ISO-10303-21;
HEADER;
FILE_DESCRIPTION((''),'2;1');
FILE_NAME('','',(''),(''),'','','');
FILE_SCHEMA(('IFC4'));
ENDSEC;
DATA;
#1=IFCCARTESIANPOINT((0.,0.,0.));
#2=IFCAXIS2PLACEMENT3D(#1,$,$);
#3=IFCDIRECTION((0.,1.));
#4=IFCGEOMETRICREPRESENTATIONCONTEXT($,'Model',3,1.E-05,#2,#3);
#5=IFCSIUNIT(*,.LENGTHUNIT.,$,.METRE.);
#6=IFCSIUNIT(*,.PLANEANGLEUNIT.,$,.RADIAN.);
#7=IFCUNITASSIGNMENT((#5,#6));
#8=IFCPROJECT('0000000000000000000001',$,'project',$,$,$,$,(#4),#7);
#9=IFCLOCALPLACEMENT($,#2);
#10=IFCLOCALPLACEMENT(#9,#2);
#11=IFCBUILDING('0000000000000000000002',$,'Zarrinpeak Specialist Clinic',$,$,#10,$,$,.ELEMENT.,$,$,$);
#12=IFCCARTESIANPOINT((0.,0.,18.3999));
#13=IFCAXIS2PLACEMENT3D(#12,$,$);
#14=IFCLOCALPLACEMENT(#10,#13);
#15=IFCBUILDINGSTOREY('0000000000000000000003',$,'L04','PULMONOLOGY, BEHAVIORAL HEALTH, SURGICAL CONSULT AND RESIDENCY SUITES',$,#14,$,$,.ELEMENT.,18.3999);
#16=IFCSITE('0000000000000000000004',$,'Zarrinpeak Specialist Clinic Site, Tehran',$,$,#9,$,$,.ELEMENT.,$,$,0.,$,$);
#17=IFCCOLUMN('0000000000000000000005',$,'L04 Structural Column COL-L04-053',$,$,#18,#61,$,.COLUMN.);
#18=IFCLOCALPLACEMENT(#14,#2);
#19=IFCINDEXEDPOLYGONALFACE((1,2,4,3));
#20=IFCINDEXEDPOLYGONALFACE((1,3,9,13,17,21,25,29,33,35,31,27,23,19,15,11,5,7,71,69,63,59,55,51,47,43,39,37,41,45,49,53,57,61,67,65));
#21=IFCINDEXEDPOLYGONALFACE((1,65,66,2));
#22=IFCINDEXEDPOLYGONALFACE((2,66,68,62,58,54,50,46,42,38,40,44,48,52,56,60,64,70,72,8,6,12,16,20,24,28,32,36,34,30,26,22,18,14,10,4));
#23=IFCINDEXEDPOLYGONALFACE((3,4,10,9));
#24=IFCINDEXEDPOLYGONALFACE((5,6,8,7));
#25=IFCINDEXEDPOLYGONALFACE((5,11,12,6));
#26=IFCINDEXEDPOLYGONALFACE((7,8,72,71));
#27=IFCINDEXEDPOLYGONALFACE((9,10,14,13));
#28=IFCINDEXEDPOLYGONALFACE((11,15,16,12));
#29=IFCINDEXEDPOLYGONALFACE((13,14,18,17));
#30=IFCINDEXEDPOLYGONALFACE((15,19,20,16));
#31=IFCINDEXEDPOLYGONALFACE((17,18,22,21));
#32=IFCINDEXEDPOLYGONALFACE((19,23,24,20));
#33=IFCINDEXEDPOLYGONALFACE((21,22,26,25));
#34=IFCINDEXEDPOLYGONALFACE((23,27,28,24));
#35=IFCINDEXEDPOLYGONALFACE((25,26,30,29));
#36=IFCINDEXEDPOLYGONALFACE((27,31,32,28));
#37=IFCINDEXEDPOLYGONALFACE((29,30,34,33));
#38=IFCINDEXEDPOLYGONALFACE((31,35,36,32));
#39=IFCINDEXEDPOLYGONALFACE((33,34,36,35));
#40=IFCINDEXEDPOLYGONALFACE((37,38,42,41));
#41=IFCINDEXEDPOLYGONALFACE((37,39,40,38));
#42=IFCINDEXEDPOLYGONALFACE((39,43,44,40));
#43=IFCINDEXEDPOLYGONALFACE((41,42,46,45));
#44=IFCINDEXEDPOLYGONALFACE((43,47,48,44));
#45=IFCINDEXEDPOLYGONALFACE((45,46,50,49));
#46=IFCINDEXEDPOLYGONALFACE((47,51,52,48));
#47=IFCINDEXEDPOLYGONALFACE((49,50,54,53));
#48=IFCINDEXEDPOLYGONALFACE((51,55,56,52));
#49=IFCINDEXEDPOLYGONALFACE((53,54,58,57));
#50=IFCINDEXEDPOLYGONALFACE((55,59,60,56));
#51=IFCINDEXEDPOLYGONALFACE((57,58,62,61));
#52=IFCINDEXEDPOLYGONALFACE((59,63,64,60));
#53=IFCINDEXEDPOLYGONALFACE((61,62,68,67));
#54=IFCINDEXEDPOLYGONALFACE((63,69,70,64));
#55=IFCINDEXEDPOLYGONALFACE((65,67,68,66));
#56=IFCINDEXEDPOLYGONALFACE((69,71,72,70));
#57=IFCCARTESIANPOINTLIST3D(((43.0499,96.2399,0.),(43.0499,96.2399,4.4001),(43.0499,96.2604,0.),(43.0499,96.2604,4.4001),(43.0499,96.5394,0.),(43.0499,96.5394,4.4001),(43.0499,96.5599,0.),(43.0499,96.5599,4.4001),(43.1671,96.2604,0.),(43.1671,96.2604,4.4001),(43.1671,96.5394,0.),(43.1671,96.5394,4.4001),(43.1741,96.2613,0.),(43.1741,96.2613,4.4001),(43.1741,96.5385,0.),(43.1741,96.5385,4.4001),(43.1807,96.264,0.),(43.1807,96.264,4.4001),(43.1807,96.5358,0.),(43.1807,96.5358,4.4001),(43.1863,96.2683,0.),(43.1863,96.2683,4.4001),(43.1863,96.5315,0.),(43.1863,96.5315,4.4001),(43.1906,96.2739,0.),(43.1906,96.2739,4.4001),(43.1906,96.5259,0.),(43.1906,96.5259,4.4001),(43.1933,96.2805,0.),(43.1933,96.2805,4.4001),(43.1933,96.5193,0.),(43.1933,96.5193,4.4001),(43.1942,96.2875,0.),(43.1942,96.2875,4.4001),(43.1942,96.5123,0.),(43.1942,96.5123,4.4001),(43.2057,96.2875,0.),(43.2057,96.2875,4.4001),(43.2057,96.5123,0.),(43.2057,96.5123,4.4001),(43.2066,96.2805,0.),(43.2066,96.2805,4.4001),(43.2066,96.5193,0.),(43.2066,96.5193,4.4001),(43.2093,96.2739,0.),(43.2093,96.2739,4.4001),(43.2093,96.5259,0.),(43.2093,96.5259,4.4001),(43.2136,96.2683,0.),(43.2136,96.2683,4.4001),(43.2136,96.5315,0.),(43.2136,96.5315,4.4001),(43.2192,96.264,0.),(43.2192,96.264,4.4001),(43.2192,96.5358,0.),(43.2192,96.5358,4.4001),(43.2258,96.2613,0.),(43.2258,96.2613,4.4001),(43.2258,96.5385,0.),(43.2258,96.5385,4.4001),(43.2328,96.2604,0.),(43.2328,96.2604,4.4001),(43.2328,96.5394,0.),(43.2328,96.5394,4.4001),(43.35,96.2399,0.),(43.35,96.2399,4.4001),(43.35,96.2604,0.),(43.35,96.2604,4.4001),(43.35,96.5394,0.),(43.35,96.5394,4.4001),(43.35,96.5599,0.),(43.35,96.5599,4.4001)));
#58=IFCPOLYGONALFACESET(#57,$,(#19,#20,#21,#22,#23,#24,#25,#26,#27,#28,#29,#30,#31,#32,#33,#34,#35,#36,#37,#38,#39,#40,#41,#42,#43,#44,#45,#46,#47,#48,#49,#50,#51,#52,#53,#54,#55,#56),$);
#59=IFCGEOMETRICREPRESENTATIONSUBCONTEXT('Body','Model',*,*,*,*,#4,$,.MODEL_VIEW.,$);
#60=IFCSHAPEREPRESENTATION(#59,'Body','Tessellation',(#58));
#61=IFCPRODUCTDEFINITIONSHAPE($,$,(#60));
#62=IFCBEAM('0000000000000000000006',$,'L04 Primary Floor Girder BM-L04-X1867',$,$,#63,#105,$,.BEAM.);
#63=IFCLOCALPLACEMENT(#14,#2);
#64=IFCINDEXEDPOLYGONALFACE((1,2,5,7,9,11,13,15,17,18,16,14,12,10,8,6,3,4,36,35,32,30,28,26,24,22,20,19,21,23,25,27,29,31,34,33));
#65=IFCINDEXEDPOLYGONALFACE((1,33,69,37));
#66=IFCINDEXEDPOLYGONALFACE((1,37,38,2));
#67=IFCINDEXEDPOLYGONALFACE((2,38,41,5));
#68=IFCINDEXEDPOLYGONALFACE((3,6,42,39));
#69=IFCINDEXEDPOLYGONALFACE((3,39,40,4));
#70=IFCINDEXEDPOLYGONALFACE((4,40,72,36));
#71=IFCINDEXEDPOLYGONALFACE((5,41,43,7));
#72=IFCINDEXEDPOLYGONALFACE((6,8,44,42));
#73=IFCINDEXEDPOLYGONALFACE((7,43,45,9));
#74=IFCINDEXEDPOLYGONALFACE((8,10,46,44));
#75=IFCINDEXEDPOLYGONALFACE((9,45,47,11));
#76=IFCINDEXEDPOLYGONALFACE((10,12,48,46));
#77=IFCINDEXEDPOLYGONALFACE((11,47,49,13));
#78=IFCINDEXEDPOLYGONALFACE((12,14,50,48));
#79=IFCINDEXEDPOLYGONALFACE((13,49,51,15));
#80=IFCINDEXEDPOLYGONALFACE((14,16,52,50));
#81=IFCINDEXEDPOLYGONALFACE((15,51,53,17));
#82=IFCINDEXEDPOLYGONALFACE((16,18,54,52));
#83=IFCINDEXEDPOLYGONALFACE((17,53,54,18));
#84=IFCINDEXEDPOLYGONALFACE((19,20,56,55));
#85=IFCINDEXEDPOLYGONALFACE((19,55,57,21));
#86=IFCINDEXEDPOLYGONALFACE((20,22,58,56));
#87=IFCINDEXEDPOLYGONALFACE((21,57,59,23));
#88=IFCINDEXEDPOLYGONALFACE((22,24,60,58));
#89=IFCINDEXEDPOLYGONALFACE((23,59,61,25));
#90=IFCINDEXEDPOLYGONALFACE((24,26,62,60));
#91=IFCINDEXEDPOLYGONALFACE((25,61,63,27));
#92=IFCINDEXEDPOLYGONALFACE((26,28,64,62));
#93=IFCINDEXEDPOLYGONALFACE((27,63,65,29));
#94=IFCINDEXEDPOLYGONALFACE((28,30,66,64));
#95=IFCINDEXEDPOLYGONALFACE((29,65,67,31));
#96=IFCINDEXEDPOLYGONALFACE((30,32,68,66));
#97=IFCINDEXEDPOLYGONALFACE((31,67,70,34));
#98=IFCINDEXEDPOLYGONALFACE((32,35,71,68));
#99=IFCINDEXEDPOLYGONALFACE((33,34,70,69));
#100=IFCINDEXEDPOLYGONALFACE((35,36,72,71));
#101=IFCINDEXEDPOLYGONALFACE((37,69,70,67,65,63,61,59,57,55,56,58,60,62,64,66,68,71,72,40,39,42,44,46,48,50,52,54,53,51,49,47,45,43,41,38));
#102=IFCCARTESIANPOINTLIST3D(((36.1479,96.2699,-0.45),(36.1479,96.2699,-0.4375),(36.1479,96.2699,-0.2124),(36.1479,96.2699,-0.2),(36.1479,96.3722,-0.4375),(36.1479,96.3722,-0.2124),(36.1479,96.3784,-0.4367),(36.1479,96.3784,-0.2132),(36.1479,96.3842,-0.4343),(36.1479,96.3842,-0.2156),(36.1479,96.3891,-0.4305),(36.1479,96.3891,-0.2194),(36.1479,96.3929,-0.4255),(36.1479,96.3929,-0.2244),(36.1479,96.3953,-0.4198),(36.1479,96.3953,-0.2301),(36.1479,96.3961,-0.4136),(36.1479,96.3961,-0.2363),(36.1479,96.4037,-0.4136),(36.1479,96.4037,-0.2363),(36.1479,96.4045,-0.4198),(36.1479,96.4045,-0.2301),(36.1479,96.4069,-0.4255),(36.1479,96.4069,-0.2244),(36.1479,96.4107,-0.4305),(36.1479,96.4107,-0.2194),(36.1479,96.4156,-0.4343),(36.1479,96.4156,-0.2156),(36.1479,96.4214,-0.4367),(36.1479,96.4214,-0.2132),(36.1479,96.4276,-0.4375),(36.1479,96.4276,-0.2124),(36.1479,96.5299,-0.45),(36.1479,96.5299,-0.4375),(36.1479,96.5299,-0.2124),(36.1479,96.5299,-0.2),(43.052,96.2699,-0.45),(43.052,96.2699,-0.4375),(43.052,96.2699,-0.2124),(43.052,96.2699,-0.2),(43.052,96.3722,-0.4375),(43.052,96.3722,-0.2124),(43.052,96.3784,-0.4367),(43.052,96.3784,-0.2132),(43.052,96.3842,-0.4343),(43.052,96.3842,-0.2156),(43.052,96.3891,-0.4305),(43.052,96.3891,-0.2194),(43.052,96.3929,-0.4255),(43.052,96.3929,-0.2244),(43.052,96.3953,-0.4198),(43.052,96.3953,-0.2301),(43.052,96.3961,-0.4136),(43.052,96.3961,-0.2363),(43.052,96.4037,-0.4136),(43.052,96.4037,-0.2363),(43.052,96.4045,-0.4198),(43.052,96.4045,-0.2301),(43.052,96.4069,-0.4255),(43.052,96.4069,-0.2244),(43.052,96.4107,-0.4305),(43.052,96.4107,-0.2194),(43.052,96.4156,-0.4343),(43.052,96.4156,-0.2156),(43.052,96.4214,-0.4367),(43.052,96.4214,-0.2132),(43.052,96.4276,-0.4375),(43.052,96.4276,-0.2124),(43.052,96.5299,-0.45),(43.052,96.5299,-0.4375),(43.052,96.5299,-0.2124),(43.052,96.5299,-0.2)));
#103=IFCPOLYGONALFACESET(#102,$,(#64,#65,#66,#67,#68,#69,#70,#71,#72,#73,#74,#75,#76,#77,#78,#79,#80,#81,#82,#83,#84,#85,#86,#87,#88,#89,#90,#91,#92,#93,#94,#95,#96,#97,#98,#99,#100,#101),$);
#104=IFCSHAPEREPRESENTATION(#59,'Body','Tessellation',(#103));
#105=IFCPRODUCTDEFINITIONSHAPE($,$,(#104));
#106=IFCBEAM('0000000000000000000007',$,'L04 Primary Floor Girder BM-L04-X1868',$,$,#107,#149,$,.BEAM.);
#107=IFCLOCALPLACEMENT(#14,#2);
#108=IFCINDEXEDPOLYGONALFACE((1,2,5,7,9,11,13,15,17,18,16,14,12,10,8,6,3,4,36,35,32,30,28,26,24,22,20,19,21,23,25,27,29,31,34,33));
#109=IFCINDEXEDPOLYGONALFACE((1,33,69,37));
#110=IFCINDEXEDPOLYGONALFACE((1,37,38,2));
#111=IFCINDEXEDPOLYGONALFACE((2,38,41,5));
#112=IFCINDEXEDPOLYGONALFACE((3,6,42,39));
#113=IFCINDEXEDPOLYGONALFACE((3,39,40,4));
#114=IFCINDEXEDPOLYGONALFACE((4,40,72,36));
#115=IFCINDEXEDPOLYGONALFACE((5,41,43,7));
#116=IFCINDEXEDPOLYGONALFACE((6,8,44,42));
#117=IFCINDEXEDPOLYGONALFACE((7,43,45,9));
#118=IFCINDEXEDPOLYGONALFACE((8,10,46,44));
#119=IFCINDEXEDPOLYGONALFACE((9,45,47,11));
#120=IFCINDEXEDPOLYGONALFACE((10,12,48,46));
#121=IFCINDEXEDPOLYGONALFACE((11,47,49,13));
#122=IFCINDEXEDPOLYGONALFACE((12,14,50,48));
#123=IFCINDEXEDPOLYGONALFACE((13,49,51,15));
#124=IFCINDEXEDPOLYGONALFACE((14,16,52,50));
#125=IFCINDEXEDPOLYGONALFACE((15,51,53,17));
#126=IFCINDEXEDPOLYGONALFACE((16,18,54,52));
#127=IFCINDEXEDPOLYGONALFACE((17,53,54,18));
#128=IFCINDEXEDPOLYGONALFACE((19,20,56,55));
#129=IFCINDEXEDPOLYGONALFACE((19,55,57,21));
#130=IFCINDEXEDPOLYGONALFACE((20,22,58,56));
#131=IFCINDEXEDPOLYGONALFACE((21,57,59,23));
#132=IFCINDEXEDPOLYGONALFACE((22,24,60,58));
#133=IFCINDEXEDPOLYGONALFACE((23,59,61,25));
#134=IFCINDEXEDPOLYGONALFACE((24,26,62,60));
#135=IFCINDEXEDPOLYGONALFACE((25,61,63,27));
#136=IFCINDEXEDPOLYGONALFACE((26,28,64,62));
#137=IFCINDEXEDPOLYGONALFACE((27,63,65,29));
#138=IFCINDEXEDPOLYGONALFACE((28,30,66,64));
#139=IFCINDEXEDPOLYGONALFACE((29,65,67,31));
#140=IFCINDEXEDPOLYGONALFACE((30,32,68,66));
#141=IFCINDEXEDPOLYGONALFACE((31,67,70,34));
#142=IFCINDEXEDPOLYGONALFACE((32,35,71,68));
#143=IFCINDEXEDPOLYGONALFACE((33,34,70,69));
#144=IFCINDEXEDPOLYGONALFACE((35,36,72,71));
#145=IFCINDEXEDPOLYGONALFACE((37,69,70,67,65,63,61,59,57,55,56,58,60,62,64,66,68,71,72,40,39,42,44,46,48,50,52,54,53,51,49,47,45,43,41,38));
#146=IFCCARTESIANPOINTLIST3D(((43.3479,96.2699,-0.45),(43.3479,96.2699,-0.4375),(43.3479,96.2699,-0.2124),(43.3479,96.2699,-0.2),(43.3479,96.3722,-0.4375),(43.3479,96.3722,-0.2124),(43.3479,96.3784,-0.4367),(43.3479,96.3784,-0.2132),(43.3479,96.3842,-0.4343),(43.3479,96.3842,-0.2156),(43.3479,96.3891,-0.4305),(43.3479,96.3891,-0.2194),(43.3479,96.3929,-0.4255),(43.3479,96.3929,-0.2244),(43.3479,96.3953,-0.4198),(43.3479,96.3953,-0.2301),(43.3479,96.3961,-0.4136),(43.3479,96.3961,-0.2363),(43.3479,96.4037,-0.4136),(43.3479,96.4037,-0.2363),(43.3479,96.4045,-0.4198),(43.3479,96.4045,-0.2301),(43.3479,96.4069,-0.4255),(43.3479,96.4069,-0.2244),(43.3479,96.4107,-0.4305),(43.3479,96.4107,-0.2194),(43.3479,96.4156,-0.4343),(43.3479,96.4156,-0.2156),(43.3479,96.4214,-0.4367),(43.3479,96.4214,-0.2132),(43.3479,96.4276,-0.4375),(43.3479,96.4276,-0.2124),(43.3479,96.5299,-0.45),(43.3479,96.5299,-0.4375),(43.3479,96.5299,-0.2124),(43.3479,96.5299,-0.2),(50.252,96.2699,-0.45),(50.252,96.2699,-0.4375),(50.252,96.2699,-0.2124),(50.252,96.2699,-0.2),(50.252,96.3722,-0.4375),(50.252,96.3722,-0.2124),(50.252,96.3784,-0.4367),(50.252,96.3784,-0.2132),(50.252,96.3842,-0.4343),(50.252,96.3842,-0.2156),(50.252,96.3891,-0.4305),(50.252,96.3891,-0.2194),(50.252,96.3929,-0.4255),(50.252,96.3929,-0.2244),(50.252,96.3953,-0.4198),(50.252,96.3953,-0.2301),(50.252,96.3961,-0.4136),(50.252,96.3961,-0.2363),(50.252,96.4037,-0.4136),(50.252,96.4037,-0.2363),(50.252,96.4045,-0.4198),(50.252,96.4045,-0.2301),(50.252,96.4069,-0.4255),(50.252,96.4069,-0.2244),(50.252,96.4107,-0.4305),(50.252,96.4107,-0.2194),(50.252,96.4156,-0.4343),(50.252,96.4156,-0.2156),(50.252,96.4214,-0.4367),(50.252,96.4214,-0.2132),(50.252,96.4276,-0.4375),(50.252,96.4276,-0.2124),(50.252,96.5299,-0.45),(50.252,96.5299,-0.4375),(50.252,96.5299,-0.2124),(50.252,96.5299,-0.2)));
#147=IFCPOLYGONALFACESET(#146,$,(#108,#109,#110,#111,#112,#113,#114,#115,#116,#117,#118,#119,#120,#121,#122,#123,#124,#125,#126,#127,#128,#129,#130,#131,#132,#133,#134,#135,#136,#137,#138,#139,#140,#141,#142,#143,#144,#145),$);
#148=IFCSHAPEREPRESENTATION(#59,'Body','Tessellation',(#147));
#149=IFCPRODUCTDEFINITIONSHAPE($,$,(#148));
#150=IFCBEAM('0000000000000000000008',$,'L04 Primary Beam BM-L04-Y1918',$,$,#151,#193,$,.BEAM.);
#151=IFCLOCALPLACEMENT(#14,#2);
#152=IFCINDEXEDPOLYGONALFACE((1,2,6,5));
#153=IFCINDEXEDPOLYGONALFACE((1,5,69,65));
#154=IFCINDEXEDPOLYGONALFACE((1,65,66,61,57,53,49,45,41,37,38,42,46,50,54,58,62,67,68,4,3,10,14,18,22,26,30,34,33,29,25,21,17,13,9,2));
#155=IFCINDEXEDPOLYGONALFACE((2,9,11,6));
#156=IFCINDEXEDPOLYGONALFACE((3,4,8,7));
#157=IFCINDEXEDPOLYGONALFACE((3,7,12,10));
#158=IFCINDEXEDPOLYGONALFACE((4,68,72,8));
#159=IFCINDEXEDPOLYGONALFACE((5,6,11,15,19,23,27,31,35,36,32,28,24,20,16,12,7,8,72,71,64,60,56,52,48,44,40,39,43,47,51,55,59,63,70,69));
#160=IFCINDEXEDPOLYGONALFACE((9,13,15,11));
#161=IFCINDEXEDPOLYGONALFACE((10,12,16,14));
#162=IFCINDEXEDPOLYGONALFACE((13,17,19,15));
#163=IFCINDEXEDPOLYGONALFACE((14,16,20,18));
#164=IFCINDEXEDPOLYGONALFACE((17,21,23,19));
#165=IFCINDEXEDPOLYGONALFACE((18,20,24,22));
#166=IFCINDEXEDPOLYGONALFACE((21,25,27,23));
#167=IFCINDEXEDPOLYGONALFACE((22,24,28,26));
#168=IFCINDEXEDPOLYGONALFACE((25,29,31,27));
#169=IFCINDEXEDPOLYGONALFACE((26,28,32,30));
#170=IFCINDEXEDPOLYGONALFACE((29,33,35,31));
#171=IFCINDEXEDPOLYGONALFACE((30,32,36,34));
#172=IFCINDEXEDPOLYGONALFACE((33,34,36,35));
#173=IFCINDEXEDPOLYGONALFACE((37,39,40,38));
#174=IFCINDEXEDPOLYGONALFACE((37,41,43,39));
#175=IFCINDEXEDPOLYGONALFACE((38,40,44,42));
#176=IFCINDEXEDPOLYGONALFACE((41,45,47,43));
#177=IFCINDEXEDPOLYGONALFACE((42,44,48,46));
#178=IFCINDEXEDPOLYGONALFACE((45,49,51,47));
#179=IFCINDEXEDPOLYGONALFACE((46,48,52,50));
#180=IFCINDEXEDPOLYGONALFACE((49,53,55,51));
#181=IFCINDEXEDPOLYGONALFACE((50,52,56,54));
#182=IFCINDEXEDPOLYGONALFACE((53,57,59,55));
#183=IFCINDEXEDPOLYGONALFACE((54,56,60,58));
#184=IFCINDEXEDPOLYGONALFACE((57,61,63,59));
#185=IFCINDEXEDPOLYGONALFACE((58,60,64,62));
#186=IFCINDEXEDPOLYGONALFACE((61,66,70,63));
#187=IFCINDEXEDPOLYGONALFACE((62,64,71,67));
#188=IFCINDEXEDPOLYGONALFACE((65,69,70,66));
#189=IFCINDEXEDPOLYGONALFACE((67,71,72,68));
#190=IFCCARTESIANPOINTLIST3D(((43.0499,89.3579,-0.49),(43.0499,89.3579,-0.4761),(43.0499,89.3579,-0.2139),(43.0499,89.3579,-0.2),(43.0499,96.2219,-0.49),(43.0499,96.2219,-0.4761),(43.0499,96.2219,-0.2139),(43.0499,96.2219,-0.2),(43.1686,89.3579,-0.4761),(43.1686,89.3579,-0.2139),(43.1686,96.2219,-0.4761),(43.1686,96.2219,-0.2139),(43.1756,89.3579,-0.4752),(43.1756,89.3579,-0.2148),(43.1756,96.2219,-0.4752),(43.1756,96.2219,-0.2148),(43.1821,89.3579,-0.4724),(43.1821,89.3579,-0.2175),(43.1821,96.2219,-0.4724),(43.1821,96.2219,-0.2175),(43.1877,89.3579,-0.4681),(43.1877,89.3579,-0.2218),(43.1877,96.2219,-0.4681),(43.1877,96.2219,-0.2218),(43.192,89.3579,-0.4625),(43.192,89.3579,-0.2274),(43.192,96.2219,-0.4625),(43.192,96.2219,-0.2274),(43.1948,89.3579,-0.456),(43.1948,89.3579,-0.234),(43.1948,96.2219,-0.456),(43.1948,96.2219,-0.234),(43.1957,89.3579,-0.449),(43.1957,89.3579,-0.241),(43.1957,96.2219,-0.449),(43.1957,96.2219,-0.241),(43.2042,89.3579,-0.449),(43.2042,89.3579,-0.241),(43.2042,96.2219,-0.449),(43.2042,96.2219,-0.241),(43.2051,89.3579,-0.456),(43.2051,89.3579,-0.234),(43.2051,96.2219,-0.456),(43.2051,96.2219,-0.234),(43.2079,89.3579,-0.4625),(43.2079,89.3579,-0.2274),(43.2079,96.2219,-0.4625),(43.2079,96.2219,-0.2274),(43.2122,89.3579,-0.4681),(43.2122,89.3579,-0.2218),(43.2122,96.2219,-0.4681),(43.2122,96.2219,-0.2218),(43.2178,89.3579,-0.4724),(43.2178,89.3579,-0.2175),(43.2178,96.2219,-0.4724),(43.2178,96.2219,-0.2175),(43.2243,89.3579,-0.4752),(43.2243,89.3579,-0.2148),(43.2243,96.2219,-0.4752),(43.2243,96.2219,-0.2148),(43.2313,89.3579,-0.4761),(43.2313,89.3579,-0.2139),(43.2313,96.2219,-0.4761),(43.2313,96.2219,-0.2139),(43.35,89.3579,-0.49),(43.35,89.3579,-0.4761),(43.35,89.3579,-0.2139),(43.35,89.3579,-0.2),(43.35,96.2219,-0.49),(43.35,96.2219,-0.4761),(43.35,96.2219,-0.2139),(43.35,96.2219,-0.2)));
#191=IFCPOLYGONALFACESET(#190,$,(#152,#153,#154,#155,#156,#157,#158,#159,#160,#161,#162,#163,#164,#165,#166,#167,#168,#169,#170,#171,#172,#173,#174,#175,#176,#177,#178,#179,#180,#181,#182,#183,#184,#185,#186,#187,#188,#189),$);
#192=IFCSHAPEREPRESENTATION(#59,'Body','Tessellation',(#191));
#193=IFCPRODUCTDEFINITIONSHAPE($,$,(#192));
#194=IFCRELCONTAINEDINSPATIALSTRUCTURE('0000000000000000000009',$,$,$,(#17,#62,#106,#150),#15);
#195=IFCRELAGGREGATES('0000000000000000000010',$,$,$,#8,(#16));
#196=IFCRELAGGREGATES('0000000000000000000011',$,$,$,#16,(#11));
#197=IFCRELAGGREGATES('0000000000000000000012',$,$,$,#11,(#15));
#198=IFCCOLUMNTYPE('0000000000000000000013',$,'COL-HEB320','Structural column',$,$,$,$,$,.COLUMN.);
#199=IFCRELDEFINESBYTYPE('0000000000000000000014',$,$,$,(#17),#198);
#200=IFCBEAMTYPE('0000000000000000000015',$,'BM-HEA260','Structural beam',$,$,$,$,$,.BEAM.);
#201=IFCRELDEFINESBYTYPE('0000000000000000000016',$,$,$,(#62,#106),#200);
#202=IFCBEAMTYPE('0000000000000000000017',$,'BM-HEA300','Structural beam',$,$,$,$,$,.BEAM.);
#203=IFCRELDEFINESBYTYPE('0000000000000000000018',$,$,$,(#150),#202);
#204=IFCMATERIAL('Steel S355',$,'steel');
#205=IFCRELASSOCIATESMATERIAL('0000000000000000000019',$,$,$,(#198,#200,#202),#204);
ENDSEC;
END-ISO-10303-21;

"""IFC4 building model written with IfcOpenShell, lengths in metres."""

from ifc_helpers import new_model, si_unit, direction, frame, origin, origin_2d, place, context, subcontext, project, spatial, i_section, extrude, material, material_profile, profile_set, type_object, element, save


model = new_model("IFC4")

# Units and contexts
model_context = context("Model", 3, precision=1e-05, world=origin(), true_north=direction((0.0, 1.0)))
body_context = subcontext(model_context, "Body", "Model", "MODEL_VIEW")
ifc_project = project(units=[si_unit("LENGTHUNIT", "METRE"), si_unit("PLANEANGLEUNIT", "RADIAN")], contexts=[model_context])

# Site, building, storey
site_placement = place(None, origin())
site = spatial("IfcSite", under=ifc_project, at=site_placement, Name="Zarrinpeak Specialist Clinic Site, Tehran", CompositionType="ELEMENT", RefElevation=0.0)
building_placement = place(site_placement, origin())
building = spatial("IfcBuilding", under=site, at=building_placement, Name="Zarrinpeak Specialist Clinic", CompositionType="ELEMENT")
storey_placement = place(building_placement, frame((0.0, 0.0, 18.3999)))
storey = spatial("IfcBuildingStorey", under=building, at=storey_placement, Name="L04", Description="PULMONOLOGY, BEHAVIORAL HEALTH, SURGICAL CONSULT AND RESIDENCY SUITES", CompositionType="ELEMENT", Elevation=18.3999)

# Column
ifc_material_1 = material(Name="Steel S355", Category="steel")
ifc_material_profile_1 = material_profile(ifc_material_1, i_section(OverallWidth=0.3, OverallDepth=0.3201, WebThickness=0.0115, FlangeThickness=0.0205, FilletRadius=0.0271, at=origin_2d()), Name="HEB 320")
ifc_profile_set_1 = profile_set([ifc_material_profile_1], Name="Steel S355")
column_type = type_object("IfcColumnType", Name="COL-HEB320", Description="Structural column", PredefinedType="COLUMN", material=ifc_profile_set_1)
column_placement = place(storey_placement, frame((43.2, 96.3999, 0.0), z_axis=(0.0, 0.0, 1.0), x_axis=(1.0, 0.0, 0.0)))
element("IfcColumn", 1, at=column_placement, inside=storey, type_object=column_type, Name="L04 Structural Column COL-L04-053", PredefinedType="COLUMN", context=body_context, shape_type="SweptSolid", body=[
    extrude(i_section(OverallWidth=0.3, OverallDepth=0.3201, WebThickness=0.0115, FlangeThickness=0.0205, FilletRadius=0.0271, at=origin_2d()), origin(), (0.0, 0.0, 1.0), 4.4001),
])

# Beams
ifc_material_profile_2 = material_profile(ifc_material_1, i_section(OverallWidth=0.26, OverallDepth=0.25, WebThickness=0.0076, FlangeThickness=0.0125, FilletRadius=0.0239, at=origin_2d()), Name="HEA 260")
ifc_profile_set_2 = profile_set([ifc_material_profile_2], Name="Steel S355")
beam_type_1 = type_object("IfcBeamType", Name="BM-HEA260", Description="Structural beam", PredefinedType="BEAM", material=ifc_profile_set_2)
for number, where, z_axis, x_axis, name in (
    (2, (36.1479, 96.3999, -0.325), (1.0, 0.0, 0.0), (0.0, 1.0, 0.0), "L04 Primary Floor Girder BM-L04-X1867"),
    (3, (43.3479, 96.3999, -0.325), (1.0, 0.0, 0.0), (0.0, 1.0, 0.0), "L04 Primary Floor Girder BM-L04-X1868"),
):
    element("IfcBeam", number, at=place(storey_placement, frame(where, z_axis=z_axis, x_axis=x_axis)), inside=storey, type_object=beam_type_1, Name=name, PredefinedType="BEAM", context=body_context, shape_type="SweptSolid", body=[
        extrude(i_section(OverallWidth=0.26, OverallDepth=0.25, WebThickness=0.0076, FlangeThickness=0.0125, FilletRadius=0.0239, at=origin_2d()), origin(), (0.0, 0.0, 1.0), 6.9041),
    ])
ifc_material_profile_3 = material_profile(ifc_material_1, i_section(OverallWidth=0.3, OverallDepth=0.29, WebThickness=0.0085, FlangeThickness=0.0139, FilletRadius=0.0271, at=origin_2d()), Name="HEA 300")
ifc_profile_set_3 = profile_set([ifc_material_profile_3], Name="Steel S355")
beam_type_2 = type_object("IfcBeamType", Name="BM-HEA300", Description="Structural beam", PredefinedType="BEAM", material=ifc_profile_set_3)
beam_1_placement = place(storey_placement, frame((43.2, 89.3579, -0.345), z_axis=(0.0, 1.0, 0.0), x_axis=(-1.0, 0.0, 0.0)))
element("IfcBeam", 4, at=beam_1_placement, inside=storey, type_object=beam_type_2, Name="L04 Primary Beam BM-L04-Y1918", PredefinedType="BEAM", context=body_context, shape_type="SweptSolid", body=[
    extrude(i_section(OverallWidth=0.3, OverallDepth=0.29, WebThickness=0.0085, FlangeThickness=0.0139, FilletRadius=0.0271, at=origin_2d()), origin(), (0.0, 0.0, 1.0), 6.864),
])

save(model, "model.ifc")
